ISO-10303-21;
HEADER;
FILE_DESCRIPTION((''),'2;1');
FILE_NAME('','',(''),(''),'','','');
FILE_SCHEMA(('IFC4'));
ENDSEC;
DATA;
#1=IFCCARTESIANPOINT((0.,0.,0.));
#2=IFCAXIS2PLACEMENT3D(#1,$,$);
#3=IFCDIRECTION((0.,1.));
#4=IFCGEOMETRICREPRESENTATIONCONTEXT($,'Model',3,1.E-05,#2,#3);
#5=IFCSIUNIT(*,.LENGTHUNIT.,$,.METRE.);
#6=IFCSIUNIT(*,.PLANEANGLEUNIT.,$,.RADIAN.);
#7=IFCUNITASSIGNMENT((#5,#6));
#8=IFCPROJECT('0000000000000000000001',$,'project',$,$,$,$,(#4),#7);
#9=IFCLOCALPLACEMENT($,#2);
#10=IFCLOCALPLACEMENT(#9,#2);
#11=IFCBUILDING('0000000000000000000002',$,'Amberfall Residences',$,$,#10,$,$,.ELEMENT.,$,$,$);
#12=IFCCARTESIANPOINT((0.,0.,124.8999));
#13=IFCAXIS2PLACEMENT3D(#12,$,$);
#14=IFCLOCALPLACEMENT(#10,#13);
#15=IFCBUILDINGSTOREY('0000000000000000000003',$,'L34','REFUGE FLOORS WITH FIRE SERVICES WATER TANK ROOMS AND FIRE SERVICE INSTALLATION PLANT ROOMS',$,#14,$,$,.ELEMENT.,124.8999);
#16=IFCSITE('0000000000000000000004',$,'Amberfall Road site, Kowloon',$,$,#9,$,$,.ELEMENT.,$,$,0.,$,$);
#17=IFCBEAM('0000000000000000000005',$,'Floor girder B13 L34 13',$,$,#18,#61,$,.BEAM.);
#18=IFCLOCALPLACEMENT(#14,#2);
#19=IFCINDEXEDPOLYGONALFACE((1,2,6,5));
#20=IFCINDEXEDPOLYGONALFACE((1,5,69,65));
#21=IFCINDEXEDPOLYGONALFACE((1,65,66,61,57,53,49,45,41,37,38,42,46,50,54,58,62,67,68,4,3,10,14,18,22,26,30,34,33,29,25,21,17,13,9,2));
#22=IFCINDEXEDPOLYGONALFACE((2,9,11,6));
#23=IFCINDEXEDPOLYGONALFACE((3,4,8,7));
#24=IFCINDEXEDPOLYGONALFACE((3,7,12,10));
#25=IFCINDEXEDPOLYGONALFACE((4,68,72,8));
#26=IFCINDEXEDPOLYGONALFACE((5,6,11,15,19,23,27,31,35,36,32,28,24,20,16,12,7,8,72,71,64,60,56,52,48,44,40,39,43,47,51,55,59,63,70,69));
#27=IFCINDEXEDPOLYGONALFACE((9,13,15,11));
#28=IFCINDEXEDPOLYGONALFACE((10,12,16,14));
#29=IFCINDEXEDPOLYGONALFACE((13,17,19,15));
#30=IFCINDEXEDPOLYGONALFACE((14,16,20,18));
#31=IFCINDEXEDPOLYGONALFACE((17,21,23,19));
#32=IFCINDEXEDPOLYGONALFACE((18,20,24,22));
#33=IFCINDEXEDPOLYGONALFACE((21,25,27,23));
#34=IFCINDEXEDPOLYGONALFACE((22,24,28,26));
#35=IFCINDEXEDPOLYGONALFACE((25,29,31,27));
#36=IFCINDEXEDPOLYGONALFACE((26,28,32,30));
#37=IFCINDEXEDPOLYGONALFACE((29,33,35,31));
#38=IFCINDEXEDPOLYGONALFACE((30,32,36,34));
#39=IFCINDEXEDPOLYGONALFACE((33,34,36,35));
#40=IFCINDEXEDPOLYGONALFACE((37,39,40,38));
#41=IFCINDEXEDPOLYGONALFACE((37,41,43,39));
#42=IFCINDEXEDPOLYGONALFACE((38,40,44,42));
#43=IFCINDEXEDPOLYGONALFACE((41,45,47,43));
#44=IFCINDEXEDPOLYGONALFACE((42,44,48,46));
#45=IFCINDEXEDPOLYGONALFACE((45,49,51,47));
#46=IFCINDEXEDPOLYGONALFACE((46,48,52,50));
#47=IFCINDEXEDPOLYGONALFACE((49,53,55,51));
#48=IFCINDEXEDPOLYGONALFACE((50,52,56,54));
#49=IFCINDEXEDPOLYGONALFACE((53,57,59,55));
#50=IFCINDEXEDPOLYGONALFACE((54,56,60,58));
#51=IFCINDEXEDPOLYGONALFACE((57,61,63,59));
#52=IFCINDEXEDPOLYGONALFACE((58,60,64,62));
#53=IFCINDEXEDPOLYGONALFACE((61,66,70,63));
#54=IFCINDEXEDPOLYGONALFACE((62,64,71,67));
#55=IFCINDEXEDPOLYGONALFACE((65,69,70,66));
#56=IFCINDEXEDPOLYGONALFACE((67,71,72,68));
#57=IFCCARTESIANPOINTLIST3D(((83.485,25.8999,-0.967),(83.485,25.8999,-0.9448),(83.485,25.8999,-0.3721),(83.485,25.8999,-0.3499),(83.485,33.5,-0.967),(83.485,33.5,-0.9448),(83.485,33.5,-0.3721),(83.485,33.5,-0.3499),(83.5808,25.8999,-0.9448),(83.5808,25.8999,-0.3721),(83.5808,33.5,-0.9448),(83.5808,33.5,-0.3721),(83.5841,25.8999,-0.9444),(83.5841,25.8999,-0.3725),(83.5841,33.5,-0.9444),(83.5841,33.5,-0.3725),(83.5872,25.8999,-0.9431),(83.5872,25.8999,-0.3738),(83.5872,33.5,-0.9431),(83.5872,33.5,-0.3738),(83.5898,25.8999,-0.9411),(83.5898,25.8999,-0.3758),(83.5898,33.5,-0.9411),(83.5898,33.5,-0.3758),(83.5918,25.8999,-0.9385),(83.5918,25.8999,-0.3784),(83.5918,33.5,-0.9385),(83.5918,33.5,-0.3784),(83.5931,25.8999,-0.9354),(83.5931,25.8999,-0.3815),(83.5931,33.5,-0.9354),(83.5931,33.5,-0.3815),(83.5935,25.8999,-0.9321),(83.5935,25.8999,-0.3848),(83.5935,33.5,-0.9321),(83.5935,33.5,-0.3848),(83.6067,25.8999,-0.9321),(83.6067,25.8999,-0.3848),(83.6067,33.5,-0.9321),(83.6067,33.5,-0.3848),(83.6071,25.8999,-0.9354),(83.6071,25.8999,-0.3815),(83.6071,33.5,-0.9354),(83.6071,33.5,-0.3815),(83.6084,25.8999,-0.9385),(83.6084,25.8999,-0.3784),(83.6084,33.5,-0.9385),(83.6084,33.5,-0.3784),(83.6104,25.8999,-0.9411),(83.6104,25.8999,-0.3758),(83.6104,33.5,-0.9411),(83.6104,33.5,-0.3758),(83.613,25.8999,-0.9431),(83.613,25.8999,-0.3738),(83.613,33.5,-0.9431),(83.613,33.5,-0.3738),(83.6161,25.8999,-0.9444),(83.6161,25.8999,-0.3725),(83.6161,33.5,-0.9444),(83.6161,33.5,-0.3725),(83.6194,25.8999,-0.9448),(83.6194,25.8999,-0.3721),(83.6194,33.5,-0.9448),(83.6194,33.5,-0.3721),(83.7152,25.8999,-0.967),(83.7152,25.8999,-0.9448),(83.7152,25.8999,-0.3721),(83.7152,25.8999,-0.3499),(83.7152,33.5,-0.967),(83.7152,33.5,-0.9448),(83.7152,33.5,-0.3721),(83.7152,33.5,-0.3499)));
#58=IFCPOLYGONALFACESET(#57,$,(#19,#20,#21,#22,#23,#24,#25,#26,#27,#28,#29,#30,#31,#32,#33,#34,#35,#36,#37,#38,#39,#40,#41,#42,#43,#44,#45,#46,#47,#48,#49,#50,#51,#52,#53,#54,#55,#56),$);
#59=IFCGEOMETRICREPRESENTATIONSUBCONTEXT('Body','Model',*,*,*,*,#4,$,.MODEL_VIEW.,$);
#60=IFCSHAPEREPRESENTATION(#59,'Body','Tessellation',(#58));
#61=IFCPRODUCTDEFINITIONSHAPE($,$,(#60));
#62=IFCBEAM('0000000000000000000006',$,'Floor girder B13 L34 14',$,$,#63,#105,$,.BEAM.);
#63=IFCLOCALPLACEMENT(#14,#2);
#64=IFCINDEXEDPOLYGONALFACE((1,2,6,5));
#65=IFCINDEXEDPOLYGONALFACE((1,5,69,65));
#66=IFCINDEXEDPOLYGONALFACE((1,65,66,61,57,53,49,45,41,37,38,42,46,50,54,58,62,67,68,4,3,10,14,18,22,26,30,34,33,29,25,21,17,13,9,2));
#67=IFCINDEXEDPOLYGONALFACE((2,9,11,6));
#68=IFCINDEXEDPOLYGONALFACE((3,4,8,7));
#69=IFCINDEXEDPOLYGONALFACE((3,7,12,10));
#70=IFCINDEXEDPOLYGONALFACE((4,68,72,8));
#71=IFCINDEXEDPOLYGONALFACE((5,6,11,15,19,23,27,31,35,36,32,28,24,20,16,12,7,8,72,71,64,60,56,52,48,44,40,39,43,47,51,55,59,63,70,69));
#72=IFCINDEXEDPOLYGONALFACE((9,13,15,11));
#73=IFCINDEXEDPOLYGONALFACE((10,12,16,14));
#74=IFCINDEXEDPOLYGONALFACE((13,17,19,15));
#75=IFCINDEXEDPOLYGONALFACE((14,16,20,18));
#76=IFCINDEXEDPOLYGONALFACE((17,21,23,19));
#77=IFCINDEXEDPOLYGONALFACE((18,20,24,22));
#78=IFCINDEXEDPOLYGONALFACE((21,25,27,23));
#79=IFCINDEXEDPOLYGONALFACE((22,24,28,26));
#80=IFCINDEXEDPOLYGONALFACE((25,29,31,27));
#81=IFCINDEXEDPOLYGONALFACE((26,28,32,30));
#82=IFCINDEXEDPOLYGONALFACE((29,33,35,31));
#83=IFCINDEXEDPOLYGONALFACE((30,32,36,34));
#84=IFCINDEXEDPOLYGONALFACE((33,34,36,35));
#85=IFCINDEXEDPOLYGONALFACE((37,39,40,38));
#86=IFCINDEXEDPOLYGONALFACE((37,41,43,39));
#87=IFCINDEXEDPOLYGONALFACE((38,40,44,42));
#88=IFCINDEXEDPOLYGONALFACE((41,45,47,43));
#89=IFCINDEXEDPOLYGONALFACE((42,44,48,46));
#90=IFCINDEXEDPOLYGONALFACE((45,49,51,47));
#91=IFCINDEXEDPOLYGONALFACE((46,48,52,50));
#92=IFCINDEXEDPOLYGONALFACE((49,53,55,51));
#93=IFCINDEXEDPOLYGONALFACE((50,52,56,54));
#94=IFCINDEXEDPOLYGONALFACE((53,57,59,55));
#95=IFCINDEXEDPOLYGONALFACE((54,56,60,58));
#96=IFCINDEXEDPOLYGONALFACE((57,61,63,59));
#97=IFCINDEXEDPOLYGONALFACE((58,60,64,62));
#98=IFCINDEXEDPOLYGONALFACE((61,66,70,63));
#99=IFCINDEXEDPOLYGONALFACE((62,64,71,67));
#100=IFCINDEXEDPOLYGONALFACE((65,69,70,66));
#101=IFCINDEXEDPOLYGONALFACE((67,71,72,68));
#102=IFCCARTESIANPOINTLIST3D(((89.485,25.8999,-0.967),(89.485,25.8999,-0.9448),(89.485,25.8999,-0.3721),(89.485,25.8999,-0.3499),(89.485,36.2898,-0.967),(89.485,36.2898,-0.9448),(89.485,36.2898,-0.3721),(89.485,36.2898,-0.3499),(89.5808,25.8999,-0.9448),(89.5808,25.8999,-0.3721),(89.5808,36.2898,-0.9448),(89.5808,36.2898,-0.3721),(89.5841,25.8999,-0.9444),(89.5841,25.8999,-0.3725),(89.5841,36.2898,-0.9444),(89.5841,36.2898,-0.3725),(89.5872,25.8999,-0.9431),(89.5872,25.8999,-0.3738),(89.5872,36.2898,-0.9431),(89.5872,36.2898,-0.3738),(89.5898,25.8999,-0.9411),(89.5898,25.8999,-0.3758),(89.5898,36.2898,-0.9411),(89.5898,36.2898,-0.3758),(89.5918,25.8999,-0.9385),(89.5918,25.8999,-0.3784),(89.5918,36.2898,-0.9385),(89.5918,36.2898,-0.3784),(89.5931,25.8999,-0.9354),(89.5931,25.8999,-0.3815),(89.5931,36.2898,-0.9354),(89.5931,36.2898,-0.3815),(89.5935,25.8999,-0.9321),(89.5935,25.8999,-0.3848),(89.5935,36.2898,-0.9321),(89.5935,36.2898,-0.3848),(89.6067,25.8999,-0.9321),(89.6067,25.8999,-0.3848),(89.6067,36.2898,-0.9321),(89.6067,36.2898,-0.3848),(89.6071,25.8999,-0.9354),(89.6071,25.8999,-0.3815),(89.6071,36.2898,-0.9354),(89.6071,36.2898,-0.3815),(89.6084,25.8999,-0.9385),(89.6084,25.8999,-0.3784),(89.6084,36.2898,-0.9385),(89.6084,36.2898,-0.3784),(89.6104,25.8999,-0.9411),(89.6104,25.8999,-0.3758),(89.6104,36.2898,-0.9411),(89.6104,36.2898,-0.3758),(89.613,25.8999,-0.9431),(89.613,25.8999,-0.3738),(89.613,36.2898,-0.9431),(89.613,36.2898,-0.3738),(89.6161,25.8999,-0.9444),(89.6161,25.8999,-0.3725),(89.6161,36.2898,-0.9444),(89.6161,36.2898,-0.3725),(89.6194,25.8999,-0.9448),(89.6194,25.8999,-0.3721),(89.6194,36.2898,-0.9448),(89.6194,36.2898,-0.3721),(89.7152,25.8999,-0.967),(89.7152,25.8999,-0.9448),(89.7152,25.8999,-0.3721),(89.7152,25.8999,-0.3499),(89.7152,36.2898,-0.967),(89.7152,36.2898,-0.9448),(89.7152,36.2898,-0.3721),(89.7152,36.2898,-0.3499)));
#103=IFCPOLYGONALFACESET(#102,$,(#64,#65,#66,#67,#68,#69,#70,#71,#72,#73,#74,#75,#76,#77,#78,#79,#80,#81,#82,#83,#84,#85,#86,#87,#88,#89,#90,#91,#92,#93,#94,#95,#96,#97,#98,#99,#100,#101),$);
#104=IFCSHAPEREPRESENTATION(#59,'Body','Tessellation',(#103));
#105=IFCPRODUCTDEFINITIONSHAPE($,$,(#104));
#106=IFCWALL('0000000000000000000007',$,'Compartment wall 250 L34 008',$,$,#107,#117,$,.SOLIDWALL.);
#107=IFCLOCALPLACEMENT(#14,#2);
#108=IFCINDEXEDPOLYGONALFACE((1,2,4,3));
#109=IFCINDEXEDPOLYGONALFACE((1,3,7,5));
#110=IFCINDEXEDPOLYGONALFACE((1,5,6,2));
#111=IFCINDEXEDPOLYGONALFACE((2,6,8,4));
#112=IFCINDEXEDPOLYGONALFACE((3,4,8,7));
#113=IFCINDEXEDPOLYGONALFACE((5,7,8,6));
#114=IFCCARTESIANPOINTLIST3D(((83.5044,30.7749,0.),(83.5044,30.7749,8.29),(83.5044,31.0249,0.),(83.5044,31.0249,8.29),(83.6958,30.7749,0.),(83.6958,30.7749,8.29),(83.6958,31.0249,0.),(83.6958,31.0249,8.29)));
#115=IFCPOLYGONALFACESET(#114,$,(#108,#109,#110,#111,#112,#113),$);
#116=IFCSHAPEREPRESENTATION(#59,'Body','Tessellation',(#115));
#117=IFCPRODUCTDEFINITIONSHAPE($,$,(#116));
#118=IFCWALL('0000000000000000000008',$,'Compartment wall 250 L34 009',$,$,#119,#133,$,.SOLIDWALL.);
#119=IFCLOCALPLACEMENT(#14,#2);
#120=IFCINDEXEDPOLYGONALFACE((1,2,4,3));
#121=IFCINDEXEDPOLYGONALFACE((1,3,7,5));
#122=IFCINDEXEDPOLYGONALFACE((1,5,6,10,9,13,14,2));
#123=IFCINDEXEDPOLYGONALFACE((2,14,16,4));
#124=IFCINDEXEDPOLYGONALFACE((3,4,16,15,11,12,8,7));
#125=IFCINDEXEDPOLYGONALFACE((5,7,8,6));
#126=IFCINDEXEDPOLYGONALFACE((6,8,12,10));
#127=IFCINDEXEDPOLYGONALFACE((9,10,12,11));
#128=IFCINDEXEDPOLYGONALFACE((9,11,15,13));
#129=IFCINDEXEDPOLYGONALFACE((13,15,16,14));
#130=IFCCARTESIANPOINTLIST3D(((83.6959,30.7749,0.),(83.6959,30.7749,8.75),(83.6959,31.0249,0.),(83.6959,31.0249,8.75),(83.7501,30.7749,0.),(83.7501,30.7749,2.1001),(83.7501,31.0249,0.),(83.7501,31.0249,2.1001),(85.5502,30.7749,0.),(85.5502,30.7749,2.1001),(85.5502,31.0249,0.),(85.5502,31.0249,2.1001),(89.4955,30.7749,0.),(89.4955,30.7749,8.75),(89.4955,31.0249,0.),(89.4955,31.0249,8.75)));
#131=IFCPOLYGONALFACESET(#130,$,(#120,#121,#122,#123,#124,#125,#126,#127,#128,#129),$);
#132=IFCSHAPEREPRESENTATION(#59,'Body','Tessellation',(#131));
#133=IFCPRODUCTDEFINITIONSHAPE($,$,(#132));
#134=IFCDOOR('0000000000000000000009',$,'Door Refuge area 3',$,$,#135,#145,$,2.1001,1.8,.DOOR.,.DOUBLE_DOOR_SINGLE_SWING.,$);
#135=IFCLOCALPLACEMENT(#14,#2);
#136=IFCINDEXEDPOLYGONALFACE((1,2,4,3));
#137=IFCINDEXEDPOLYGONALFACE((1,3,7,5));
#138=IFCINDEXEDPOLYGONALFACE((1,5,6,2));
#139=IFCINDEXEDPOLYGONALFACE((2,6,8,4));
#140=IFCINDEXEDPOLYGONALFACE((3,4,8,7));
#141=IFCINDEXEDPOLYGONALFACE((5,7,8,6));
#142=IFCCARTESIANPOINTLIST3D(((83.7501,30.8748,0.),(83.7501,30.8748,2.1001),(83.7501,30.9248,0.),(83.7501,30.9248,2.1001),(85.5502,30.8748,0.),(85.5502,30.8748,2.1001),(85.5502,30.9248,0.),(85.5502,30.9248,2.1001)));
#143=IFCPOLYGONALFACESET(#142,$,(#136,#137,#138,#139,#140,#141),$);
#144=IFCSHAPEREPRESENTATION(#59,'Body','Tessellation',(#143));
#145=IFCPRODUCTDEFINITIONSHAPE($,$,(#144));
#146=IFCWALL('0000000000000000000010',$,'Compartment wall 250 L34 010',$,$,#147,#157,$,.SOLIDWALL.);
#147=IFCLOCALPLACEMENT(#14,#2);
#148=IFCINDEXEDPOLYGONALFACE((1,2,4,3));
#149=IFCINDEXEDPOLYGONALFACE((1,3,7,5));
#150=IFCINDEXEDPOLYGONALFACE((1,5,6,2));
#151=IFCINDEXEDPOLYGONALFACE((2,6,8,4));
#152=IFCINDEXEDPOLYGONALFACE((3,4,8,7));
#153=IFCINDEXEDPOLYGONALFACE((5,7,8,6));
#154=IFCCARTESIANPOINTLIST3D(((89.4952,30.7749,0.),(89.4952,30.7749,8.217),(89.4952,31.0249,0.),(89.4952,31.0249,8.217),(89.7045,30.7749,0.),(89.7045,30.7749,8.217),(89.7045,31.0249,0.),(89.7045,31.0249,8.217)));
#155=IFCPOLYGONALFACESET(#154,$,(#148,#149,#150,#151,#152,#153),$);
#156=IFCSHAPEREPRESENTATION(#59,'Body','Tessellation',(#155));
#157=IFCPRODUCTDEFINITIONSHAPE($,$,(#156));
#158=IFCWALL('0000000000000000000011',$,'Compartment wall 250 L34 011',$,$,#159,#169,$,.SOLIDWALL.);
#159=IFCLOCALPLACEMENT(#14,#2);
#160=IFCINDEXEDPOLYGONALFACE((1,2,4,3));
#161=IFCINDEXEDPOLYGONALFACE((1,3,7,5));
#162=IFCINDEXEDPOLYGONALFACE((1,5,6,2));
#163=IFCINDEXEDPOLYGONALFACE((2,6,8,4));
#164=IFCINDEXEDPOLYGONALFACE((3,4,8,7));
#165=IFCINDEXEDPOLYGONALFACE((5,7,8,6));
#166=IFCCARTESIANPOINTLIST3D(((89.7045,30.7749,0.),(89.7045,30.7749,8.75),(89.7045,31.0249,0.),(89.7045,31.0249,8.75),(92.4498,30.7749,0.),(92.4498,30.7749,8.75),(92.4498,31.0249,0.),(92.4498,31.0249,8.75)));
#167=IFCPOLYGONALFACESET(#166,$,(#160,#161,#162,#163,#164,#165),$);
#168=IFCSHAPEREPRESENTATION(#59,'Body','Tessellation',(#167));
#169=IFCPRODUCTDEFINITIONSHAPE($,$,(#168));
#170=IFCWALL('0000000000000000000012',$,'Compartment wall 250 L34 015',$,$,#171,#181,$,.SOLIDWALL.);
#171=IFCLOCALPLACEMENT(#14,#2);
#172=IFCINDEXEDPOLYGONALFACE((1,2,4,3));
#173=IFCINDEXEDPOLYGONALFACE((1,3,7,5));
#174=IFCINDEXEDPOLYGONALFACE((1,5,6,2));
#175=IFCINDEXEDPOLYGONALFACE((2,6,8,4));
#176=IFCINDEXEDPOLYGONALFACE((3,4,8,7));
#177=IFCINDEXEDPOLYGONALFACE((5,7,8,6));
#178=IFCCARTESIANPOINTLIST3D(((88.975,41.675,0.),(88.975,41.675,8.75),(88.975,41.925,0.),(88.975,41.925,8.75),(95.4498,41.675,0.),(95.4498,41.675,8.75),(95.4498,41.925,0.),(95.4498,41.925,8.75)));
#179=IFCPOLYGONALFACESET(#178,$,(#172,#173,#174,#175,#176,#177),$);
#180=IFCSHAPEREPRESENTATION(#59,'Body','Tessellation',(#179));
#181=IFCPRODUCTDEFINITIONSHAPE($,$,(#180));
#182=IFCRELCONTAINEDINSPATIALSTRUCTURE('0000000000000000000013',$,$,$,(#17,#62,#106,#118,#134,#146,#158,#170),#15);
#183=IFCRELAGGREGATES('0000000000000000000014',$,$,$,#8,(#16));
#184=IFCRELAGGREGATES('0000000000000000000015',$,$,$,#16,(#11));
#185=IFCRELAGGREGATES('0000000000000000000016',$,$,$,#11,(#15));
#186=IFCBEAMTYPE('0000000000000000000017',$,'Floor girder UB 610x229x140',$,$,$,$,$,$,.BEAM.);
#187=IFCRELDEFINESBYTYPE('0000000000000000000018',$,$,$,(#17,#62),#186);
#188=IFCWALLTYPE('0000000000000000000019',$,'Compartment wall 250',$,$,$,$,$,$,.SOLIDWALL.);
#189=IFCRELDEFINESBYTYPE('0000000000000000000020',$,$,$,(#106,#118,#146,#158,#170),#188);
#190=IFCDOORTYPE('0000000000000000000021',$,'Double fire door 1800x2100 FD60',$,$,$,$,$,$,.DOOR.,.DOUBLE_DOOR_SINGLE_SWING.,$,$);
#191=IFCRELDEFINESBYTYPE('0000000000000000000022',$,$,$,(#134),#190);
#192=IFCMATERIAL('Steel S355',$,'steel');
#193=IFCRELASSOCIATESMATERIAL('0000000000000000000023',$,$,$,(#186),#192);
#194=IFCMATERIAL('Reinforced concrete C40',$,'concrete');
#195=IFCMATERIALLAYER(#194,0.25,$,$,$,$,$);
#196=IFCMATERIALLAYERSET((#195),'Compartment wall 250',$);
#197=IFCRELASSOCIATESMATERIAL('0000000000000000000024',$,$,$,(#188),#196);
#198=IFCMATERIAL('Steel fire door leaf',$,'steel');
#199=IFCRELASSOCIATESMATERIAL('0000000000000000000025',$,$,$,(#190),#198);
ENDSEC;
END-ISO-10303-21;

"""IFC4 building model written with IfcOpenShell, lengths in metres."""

from ifc_helpers import new_model, si_unit, direction, frame, frame_2d, origin, origin_2d, place, context, subcontext, project, spatial, rectangle, i_section, extrude, material, layer, layer_set, material_profile, profile_set, type_object, element, fill, save


model = new_model("IFC4")

# Units and contexts
model_context = context("Model", 3, precision=1e-05, world=origin(), true_north=direction((0.0, 1.0)))
body_context = subcontext(model_context, "Body", "Model", "MODEL_VIEW")
ifc_project = project(units=[si_unit("LENGTHUNIT", "METRE"), si_unit("PLANEANGLEUNIT", "RADIAN")], contexts=[model_context])

# Site, building, storey
site_placement = place(None, origin())
site = spatial("IfcSite", under=ifc_project, at=site_placement, Name="Amberfall Road site, Kowloon", CompositionType="ELEMENT", RefElevation=0.0)
building_placement = place(site_placement, origin())
building = spatial("IfcBuilding", under=site, at=building_placement, Name="Amberfall Residences", CompositionType="ELEMENT")
storey_placement = place(building_placement, frame((0.0, 0.0, 124.8999)))
storey = spatial("IfcBuildingStorey", under=building, at=storey_placement, Name="L34", Description="REFUGE FLOORS WITH FIRE SERVICES WATER TANK ROOMS AND FIRE SERVICE INSTALLATION PLANT ROOMS", CompositionType="ELEMENT", Elevation=124.8999)

# Shared definitions
ifc_material_1 = material(Name="Steel S355", Category="steel")

# Beams
ifc_material_profile_1 = material_profile(ifc_material_1, i_section(OverallWidth=0.2302, OverallDepth=0.6172, WebThickness=0.0132, FlangeThickness=0.0222, FilletRadius=0.0127, at=origin_2d()), Name="UB 610x229x140")
ifc_profile_set_1 = profile_set([ifc_material_profile_1], Name="Steel S355")
beam_type_1 = type_object("IfcBeamType", Name="Floor girder UB 610x229x140", PredefinedType="BEAM", material=ifc_profile_set_1)
beam_1_placement = place(storey_placement, frame((83.6001, 25.8999, -0.6584), z_axis=(0.0, 1.0, 0.0), x_axis=(-1.0, 0.0, 0.0)))
element("IfcBeam", 1, at=beam_1_placement, inside=storey, type_object=beam_type_1, Name="Floor girder B13 L34 13", PredefinedType="BEAM", context=body_context, shape_type="SweptSolid", body=[
    extrude(i_section(OverallWidth=0.2302, OverallDepth=0.6172, WebThickness=0.0132, FlangeThickness=0.0222, FilletRadius=0.0127, at=origin_2d()), origin(), (0.0, 0.0, 1.0), 7.6001),
])
beam_2_placement = place(storey_placement, frame((89.6001, 25.8999, -0.6584), z_axis=(0.0, 1.0, 0.0), x_axis=(-1.0, 0.0, 0.0)))
element("IfcBeam", 2, at=beam_2_placement, inside=storey, type_object=beam_type_1, Name="Floor girder B13 L34 14", PredefinedType="BEAM", context=body_context, shape_type="SweptSolid", body=[
    extrude(i_section(OverallWidth=0.2302, OverallDepth=0.6172, WebThickness=0.0132, FlangeThickness=0.0222, FilletRadius=0.0127, at=origin_2d()), origin(), (0.0, 0.0, 1.0), 10.3899),
])

# Wall
ifc_material_2 = material(Name="Reinforced concrete C40", Category="concrete")
ifc_layer_1 = layer(ifc_material_2, 0.25)
ifc_layer_set_1 = layer_set([ifc_layer_1], Name="Compartment wall 250")
wall_type_1 = type_object("IfcWallType", Name="Compartment wall 250", PredefinedType="SOLIDWALL", material=ifc_layer_set_1)
wall_1_placement = place(storey_placement, frame((83.5044, 30.8999, 0.0), z_axis=(0.0, 0.0, 1.0), x_axis=(1.0, 0.0, 0.0)))
element("IfcWall", 3, at=wall_1_placement, inside=storey, type_object=wall_type_1, Name="Compartment wall 250 L34 008", PredefinedType="SOLIDWALL", context=body_context, shape_type="SweptSolid", body=[
    extrude(rectangle(XDim=0.1914, YDim=0.25, at=frame_2d((0.0957, 0.0))), origin(), (0.0, 0.0, 1.0), 8.29),
])

# Wall, opening, door
wall_2_placement = place(storey_placement, frame((83.6958, 30.8999, 0.0), z_axis=(0.0, 0.0, 1.0), x_axis=(1.0, 0.0, 0.0)))
wall_2 = element("IfcWall", 4, at=wall_2_placement, inside=storey, type_object=wall_type_1, Name="Compartment wall 250 L34 009", PredefinedType="SOLIDWALL", context=body_context, shape_type="SweptSolid", body=[
    extrude(rectangle(XDim=5.7996, YDim=0.25, at=frame_2d((2.8999, 0.0))), origin(), (0.0, 0.0, 1.0), 8.75),
])
opening_1_placement = place(wall_2_placement, frame((0.0544, 0.0, 0.0)))
opening_1 = element("IfcOpeningElement", 5, at=opening_1_placement, cuts=wall_2, PredefinedType="OPENING", context=body_context, shape_type="SweptSolid", body=[
    extrude(rectangle(XDim=1.8, YDim=2.1001, at=frame_2d((0.8999, 1.05))), frame((0.0, 0.135, 0.0), z_axis=(0.0, -1.0, 0.0), x_axis=(1.0, 0.0, 0.0)), (0.0, 0.0, 1.0), 0.27),
])
ifc_material_3 = material(Name="Steel fire door leaf", Category="steel")
door_type_1 = type_object("IfcDoorType", Name="Double fire door 1800x2100 FD60", OperationType="DOUBLE_DOOR_SINGLE_SWING", PredefinedType="DOOR", material=ifc_material_3)
door_1_placement = place(opening_1_placement, origin())
door_1 = element("IfcDoor", 6, at=door_1_placement, inside=storey, type_object=door_type_1, Name="Door Refuge area 3", OperationType="DOUBLE_DOOR_SINGLE_SWING", OverallHeight=2.1001, OverallWidth=1.8, PredefinedType="DOOR", context=body_context, shape_type="SweptSolid", body=[
    extrude(rectangle(XDim=1.8, YDim=2.1001, at=frame_2d((0.8999, 1.05))), frame((0.0, 0.0249, 0.0), z_axis=(0.0, -1.0, 0.0), x_axis=(1.0, 0.0, 0.0)), (0.0, 0.0, 1.0), 0.05),
])
fill(opening_1, door_1)

# Walls
wall_3_placement = place(storey_placement, frame((89.4954, 30.8999, 0.0), z_axis=(0.0, 0.0, 1.0), x_axis=(1.0, 0.0, 0.0)))
element("IfcWall", 7, at=wall_3_placement, inside=storey, type_object=wall_type_1, Name="Compartment wall 250 L34 010", PredefinedType="SOLIDWALL", context=body_context, shape_type="SweptSolid", body=[
    extrude(rectangle(XDim=0.2092, YDim=0.25, at=frame_2d((0.1045, 0.0))), origin(), (0.0, 0.0, 1.0), 8.217),
])
wall_4_placement = place(storey_placement, frame((89.7046, 30.8999, 0.0), z_axis=(0.0, 0.0, 1.0), x_axis=(1.0, 0.0, 0.0)))
element("IfcWall", 8, at=wall_4_placement, inside=storey, type_object=wall_type_1, Name="Compartment wall 250 L34 011", PredefinedType="SOLIDWALL", context=body_context, shape_type="SweptSolid", body=[
    extrude(rectangle(XDim=2.7454, YDim=0.25, at=frame_2d((1.3726, 0.0))), origin(), (0.0, 0.0, 1.0), 8.75),
])
wall_5_placement = place(storey_placement, frame((88.9751, 41.8, 0.0), z_axis=(0.0, 0.0, 1.0), x_axis=(1.0, 0.0, 0.0)))
element("IfcWall", 9, at=wall_5_placement, inside=storey, type_object=wall_type_1, Name="Compartment wall 250 L34 015", PredefinedType="SOLIDWALL", context=body_context, shape_type="SweptSolid", body=[
    extrude(rectangle(XDim=6.4749, YDim=0.25, at=frame_2d((3.2373, 0.0))), origin(), (0.0, 0.0, 1.0), 8.75),
])

save(model, "model.ifc")
